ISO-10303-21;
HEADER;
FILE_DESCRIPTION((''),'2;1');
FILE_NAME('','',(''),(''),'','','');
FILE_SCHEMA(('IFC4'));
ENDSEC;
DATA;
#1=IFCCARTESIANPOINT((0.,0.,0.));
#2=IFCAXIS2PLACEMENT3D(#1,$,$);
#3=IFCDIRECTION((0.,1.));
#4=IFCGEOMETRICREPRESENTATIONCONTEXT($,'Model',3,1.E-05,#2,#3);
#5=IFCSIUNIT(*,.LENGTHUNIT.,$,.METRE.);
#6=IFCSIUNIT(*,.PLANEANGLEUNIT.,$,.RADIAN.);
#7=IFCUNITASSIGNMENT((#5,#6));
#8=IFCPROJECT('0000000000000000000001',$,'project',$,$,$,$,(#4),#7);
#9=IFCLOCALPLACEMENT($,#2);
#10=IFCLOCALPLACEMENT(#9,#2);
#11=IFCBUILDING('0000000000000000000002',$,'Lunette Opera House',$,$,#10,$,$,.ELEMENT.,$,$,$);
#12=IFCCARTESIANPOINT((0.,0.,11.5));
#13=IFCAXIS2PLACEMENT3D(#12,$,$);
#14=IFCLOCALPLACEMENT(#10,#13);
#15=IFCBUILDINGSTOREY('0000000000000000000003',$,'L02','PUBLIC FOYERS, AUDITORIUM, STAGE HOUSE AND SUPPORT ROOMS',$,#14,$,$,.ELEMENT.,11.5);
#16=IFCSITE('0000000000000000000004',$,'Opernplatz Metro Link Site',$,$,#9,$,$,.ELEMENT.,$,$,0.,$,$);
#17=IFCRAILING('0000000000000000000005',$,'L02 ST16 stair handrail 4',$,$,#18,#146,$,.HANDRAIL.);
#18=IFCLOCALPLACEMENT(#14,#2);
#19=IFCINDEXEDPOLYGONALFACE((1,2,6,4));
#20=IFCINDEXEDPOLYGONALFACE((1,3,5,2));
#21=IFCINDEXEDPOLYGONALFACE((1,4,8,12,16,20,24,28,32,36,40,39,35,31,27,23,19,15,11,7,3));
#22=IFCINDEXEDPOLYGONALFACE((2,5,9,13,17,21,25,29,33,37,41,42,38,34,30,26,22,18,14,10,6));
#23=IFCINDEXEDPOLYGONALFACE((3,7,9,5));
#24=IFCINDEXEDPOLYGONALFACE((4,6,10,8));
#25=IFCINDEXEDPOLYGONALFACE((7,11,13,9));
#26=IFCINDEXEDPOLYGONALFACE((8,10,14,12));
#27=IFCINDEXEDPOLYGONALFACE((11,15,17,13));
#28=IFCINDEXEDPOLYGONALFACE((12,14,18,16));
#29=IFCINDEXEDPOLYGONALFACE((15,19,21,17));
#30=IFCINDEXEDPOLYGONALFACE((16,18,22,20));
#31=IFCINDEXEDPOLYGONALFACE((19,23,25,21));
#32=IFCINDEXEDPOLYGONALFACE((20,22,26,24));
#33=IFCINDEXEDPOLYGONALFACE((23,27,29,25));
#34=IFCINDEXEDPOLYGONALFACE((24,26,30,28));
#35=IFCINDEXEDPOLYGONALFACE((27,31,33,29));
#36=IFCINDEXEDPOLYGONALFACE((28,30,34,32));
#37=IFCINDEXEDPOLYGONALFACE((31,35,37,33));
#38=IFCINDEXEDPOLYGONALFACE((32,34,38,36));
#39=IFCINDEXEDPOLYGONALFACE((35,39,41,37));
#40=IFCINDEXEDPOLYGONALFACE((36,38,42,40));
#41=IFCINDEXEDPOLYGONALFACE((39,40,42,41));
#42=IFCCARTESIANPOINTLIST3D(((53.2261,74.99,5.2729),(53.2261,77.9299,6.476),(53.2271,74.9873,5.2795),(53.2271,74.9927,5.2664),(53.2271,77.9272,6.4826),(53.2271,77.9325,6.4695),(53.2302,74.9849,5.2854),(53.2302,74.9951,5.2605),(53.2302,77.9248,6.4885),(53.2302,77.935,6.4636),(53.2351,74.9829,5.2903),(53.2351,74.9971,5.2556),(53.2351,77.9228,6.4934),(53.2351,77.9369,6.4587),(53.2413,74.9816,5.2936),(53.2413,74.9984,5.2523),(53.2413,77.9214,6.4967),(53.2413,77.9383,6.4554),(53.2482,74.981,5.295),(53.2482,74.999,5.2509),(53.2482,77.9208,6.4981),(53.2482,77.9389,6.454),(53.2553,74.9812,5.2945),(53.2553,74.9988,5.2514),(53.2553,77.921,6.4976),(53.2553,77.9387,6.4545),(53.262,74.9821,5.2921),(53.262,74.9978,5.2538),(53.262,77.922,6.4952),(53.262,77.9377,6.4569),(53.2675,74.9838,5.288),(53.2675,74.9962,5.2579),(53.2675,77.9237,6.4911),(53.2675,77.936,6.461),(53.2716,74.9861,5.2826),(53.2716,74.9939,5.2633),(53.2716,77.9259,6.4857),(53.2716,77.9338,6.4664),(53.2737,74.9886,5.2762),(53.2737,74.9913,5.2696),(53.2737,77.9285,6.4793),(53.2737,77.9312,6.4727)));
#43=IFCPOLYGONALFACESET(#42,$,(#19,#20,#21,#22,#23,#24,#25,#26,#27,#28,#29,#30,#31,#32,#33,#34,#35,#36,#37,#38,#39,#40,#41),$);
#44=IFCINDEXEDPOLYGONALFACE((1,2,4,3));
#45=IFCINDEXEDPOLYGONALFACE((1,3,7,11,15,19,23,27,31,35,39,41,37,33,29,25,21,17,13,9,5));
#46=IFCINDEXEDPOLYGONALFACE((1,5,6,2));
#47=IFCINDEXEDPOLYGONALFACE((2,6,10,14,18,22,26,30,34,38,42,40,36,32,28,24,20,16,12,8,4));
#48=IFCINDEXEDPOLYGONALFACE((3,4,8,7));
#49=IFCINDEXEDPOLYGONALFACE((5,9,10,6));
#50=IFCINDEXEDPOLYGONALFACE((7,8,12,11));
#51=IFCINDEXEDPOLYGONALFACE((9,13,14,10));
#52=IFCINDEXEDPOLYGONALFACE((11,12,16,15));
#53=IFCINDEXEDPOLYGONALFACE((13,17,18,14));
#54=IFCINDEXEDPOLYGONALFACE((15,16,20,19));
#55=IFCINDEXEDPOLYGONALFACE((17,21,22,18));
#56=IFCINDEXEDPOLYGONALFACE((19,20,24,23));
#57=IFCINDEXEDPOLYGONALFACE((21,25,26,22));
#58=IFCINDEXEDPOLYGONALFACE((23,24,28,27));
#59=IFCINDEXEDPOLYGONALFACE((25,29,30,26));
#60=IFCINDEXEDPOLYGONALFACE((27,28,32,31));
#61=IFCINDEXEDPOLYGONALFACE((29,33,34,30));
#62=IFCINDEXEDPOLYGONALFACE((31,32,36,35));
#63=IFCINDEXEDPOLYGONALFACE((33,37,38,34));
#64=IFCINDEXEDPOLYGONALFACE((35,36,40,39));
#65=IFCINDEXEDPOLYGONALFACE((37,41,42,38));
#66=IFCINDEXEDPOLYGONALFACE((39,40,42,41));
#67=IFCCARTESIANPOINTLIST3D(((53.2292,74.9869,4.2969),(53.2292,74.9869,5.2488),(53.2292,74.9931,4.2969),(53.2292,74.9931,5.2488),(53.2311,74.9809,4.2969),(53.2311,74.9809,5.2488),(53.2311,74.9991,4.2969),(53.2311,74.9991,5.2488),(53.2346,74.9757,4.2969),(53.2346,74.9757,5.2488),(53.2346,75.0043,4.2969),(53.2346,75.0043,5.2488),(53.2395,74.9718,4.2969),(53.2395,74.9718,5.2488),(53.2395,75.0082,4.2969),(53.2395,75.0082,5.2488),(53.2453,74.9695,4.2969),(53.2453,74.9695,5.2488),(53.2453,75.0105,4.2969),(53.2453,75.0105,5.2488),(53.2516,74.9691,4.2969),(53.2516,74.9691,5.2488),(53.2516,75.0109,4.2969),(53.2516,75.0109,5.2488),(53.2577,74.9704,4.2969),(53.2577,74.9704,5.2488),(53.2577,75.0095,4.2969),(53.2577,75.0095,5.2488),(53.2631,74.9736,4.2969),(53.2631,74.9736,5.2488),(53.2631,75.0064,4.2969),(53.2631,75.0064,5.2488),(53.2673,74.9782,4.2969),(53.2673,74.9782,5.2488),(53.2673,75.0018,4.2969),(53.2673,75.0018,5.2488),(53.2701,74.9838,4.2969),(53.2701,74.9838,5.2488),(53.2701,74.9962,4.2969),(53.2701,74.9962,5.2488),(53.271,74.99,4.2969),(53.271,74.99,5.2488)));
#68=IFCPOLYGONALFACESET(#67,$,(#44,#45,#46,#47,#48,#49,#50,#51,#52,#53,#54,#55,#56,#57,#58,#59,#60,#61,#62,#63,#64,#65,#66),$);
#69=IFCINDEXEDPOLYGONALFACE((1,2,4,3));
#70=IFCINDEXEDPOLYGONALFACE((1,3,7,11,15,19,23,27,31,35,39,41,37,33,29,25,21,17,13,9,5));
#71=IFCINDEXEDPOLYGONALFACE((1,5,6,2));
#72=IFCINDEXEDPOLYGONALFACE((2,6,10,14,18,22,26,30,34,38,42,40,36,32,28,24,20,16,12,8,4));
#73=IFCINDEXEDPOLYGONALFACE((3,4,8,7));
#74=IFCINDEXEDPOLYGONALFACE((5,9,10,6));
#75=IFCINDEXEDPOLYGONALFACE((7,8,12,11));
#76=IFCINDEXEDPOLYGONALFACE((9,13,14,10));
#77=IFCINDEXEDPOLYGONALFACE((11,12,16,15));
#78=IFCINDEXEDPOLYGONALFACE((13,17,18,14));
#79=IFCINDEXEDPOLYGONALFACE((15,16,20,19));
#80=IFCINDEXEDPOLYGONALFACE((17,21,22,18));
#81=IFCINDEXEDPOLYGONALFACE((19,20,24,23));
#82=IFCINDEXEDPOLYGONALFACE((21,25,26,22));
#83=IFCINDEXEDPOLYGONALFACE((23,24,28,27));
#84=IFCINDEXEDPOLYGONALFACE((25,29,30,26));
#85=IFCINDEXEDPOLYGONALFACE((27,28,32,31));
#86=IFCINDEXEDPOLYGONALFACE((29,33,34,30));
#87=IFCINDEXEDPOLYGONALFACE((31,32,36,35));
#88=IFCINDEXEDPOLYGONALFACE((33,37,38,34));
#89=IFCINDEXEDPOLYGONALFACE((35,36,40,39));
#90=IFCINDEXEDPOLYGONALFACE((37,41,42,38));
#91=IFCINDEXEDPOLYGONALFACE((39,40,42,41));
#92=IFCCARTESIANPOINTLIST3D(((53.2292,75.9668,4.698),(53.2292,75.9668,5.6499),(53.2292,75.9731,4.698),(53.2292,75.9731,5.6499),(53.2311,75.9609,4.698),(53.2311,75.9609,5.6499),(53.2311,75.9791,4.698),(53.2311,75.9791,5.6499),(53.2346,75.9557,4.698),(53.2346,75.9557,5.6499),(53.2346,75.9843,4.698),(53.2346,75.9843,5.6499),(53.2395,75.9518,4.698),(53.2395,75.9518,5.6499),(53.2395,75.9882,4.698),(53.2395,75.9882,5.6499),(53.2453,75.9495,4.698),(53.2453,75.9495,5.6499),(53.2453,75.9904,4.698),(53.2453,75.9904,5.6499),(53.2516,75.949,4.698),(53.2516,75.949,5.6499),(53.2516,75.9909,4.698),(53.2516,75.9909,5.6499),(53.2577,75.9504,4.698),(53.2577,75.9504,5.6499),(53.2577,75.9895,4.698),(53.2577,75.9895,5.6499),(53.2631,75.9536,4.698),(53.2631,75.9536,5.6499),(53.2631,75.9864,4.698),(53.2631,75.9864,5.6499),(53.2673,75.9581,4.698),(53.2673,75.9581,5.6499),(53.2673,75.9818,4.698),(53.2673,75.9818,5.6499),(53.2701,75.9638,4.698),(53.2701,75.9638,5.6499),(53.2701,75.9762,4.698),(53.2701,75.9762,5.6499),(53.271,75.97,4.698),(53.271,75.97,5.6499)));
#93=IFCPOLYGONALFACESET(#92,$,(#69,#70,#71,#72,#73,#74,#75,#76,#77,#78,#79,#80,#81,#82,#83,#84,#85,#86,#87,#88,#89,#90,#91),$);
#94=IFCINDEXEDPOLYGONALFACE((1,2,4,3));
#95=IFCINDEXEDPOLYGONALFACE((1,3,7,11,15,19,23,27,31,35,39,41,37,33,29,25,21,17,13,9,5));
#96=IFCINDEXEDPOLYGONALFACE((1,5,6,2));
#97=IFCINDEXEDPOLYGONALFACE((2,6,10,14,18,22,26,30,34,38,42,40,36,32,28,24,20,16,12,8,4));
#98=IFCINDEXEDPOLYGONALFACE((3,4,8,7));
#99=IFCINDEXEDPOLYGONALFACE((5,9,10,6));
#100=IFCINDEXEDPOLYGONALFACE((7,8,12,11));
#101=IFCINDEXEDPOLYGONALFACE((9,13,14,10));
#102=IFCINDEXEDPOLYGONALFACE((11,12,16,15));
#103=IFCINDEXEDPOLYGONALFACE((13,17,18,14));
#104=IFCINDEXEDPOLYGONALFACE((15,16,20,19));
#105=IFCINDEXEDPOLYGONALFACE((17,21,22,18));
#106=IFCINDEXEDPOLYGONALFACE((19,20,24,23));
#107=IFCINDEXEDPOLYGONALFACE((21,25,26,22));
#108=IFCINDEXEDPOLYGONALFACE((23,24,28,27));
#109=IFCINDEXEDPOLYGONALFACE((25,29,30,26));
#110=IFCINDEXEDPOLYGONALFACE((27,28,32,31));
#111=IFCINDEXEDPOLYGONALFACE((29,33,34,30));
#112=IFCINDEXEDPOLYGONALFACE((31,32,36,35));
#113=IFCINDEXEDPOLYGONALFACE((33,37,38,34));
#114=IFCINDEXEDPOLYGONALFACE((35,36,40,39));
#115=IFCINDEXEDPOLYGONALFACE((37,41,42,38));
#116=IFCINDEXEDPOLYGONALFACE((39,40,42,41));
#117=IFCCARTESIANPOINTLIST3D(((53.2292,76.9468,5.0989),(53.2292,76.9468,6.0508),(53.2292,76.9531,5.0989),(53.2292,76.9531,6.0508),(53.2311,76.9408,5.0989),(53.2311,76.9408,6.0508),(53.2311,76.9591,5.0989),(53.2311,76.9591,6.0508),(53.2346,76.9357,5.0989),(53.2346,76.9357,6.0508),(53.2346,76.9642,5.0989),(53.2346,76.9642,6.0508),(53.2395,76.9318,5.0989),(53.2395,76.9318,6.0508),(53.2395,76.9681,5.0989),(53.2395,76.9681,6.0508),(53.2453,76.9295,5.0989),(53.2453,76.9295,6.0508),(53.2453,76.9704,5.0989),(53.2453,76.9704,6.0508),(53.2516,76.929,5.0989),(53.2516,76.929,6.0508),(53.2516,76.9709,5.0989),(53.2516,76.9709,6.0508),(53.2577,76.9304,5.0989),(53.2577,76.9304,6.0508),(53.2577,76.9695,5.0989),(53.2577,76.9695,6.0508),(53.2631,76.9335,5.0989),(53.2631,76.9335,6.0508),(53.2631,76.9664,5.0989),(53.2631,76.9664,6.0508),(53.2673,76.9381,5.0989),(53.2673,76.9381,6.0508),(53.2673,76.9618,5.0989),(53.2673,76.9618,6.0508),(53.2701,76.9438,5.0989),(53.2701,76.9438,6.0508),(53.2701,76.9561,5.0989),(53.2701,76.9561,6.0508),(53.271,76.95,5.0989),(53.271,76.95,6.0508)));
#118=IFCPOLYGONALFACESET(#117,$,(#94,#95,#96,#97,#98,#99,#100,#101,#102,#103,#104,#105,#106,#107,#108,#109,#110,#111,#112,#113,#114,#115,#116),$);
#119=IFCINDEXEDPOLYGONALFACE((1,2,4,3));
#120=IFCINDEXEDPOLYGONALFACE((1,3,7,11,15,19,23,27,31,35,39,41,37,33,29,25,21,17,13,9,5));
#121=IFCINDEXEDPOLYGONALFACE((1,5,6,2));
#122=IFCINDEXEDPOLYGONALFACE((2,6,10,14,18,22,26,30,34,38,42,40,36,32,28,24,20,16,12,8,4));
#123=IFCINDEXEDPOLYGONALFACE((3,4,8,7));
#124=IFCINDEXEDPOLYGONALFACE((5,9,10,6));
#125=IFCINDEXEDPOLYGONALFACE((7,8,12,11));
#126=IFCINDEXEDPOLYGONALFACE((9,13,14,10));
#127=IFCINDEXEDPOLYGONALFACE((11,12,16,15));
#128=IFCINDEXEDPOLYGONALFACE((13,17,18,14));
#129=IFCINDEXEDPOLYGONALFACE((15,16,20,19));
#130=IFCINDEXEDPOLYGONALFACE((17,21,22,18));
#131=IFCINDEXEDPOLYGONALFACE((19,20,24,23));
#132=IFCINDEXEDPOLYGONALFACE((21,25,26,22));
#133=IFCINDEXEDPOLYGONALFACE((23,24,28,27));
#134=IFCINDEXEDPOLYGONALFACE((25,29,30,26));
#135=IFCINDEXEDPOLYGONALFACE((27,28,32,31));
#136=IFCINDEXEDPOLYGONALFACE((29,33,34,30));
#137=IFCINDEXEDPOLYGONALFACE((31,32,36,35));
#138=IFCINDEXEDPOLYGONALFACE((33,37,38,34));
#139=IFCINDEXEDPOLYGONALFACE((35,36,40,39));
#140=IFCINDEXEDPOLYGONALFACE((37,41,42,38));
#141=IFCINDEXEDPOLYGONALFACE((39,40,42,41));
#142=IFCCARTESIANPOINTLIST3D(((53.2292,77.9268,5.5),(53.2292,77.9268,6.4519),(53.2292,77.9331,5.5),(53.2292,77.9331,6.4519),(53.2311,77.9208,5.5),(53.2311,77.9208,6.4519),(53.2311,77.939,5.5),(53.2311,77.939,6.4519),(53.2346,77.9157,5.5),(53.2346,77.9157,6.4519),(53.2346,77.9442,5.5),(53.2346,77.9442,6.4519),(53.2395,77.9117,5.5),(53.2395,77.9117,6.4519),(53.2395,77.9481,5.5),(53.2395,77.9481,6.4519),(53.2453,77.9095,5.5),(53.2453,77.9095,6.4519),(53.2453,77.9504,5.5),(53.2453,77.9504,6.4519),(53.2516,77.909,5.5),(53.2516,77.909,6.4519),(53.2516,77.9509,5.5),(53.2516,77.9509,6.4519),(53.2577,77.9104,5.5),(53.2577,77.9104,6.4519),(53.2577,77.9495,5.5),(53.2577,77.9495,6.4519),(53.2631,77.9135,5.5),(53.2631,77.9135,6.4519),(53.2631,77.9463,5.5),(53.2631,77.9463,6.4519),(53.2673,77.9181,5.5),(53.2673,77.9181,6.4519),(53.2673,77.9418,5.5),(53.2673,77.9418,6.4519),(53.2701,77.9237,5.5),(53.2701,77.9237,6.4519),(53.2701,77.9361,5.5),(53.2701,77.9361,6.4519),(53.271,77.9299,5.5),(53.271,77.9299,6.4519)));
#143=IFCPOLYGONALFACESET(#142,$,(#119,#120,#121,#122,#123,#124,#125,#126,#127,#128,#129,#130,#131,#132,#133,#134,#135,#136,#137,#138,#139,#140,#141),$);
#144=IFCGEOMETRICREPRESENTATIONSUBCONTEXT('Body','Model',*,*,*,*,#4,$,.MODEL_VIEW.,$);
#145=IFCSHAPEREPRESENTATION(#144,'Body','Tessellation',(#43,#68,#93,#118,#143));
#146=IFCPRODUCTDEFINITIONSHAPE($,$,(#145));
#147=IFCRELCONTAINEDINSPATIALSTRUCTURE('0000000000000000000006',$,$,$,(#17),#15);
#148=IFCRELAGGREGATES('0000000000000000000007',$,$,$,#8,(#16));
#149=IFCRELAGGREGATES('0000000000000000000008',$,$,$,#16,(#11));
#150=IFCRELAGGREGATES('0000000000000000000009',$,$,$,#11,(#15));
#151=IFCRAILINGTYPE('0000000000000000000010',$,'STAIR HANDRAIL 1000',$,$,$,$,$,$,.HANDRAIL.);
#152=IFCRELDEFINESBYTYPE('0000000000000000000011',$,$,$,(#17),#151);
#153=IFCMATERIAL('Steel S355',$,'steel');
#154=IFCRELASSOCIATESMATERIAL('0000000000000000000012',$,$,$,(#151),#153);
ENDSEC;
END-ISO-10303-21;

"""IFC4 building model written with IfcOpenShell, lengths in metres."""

from ifc_helpers import new_model, si_unit, direction, frame, origin, origin_2d, place, context, subcontext, project, spatial, circle, extrude, material, type_object, element, save


model = new_model("IFC4")

# Units and contexts
model_context = context("Model", 3, precision=1e-05, world=origin(), true_north=direction((0.0, 1.0)))
body_context = subcontext(model_context, "Body", "Model", "MODEL_VIEW")
ifc_project = project(units=[si_unit("LENGTHUNIT", "METRE"), si_unit("PLANEANGLEUNIT", "RADIAN")], contexts=[model_context])

# Site, building, storey
site_placement = place(None, origin())
site = spatial("IfcSite", under=ifc_project, at=site_placement, Name="Opernplatz Metro Link Site", CompositionType="ELEMENT", RefElevation=0.0)
building_placement = place(site_placement, origin())
building = spatial("IfcBuilding", under=site, at=building_placement, Name="Lunette Opera House", CompositionType="ELEMENT")
storey_placement = place(building_placement, frame((0.0, 0.0, 11.5)))
storey = spatial("IfcBuildingStorey", under=building, at=storey_placement, Name="L02", Description="PUBLIC FOYERS, AUDITORIUM, STAGE HOUSE AND SUPPORT ROOMS", CompositionType="ELEMENT", Elevation=11.5)

# Railing
ifc_material_1 = material(Name="Steel S355", Category="steel")
railing_type_1 = type_object("IfcRailingType", Name="STAIR HANDRAIL 1000", PredefinedType="HANDRAIL", material=ifc_material_1)
railing_1_placement = place(storey_placement, frame((53.25, 74.99, 4.2969)))
element("IfcRailing", 1, at=railing_1_placement, inside=storey, type_object=railing_type_1, Name="L02 ST16 stair handrail 4", PredefinedType="HANDRAIL", context=body_context, shape_type="SweptSolid", body=[
    extrude(circle(Radius=0.0239, at=origin_2d()), frame((0.0, 0.0, 0.9761), z_axis=(0.0, 0.9255, 0.378747), x_axis=(-1.0, 0.0, 0.0)), (0.0, 0.0, 1.0), 3.1765),
    extrude(circle(Radius=0.021, at=origin_2d()), origin(), (0.0, 0.0, 1.0), 0.9519),
    extrude(circle(Radius=0.021, at=origin_2d()), frame((0.0, 0.98, 0.4011)), (0.0, 0.0, 1.0), 0.9519),
    extrude(circle(Radius=0.021, at=origin_2d()), frame((0.0, 1.96, 0.802)), (0.0, 0.0, 1.0), 0.9519),
    extrude(circle(Radius=0.021, at=origin_2d()), frame((0.0, 2.9399, 1.2031)), (0.0, 0.0, 1.0), 0.9519),
])

save(model, "model.ifc")
